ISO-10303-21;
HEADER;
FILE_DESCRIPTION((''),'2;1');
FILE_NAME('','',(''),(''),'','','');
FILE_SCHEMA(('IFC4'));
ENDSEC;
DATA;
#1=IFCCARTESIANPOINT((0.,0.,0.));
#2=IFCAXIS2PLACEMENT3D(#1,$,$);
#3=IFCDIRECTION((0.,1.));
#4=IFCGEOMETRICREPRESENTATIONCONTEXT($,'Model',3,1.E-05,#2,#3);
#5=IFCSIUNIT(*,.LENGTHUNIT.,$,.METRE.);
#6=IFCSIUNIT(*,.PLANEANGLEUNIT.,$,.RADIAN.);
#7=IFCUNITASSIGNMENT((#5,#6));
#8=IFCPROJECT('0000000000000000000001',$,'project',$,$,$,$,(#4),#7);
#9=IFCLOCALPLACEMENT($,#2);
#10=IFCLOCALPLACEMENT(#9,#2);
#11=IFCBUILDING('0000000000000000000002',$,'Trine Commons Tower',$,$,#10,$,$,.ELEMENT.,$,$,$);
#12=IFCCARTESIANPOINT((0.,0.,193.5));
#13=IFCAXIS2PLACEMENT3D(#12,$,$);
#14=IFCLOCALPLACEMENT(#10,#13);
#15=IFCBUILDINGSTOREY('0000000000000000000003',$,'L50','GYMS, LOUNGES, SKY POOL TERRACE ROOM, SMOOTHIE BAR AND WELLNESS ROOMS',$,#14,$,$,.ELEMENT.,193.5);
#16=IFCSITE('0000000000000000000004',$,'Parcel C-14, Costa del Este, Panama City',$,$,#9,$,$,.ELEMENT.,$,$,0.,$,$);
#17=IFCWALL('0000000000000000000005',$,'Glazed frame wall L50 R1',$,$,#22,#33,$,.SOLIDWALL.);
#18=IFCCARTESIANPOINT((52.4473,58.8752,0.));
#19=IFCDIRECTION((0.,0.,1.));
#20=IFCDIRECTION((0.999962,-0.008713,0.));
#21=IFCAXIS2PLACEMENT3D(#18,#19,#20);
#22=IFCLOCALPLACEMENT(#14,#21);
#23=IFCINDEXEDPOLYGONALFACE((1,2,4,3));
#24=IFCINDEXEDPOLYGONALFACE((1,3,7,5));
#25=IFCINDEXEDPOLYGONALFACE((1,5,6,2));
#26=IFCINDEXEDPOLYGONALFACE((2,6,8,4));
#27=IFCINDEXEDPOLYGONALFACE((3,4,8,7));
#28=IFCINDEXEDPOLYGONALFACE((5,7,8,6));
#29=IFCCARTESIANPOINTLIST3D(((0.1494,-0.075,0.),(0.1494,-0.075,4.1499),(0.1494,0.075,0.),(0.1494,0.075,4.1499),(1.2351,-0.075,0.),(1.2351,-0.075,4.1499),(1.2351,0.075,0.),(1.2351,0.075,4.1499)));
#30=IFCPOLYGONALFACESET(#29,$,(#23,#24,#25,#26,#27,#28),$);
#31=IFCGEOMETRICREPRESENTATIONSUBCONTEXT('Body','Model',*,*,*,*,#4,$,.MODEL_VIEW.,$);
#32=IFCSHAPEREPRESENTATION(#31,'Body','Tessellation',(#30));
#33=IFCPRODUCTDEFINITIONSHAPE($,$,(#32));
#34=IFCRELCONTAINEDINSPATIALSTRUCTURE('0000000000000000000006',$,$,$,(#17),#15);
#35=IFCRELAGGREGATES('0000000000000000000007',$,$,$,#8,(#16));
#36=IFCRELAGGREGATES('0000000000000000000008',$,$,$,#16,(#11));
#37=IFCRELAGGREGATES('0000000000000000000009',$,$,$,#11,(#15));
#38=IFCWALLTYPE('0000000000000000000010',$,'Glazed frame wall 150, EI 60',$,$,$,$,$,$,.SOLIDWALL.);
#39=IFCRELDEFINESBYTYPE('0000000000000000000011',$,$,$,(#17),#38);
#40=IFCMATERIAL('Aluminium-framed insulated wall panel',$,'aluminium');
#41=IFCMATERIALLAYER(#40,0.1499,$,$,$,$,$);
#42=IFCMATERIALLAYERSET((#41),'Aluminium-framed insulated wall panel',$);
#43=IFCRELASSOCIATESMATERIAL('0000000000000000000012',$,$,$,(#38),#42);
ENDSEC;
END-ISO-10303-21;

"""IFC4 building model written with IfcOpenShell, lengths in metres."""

from ifc_helpers import new_model, si_unit, direction, frame, origin, place, context, subcontext, project, spatial, polyline, outline, extrude, material, layer, layer_set, type_object, element, save


model = new_model("IFC4")

# Units and contexts
model_context = context("Model", 3, precision=1e-05, world=origin(), true_north=direction((0.0, 1.0)))
body_context = subcontext(model_context, "Body", "Model", "MODEL_VIEW")
ifc_project = project(units=[si_unit("LENGTHUNIT", "METRE"), si_unit("PLANEANGLEUNIT", "RADIAN")], contexts=[model_context])

# Site, building, storey
site_placement = place(None, origin())
site = spatial("IfcSite", under=ifc_project, at=site_placement, Name="Parcel C-14, Costa del Este, Panama City", CompositionType="ELEMENT", RefElevation=0.0)
building_placement = place(site_placement, origin())
building = spatial("IfcBuilding", under=site, at=building_placement, Name="Trine Commons Tower", CompositionType="ELEMENT")
storey_placement = place(building_placement, frame((0.0, 0.0, 193.5)))
storey = spatial("IfcBuildingStorey", under=building, at=storey_placement, Name="L50", Description="GYMS, LOUNGES, SKY POOL TERRACE ROOM, SMOOTHIE BAR AND WELLNESS ROOMS", CompositionType="ELEMENT", Elevation=193.5)

# Wall
ifc_material_1 = material(Name="Aluminium-framed insulated wall panel", Category="aluminium")
ifc_layer_1 = layer(ifc_material_1, 0.1499)
ifc_layer_set_1 = layer_set([ifc_layer_1], Name="Aluminium-framed insulated wall panel")
wall_type = type_object("IfcWallType", Name="Glazed frame wall 150, EI 60", PredefinedType="SOLIDWALL", material=ifc_layer_set_1)
wall_placement = place(storey_placement, frame((52.4473, 58.8752, 0.0), z_axis=(0.0, 0.0, 1.0), x_axis=(0.999962, -0.008713, 0.0)))
element("IfcWall", 1, at=wall_placement, inside=storey, type_object=wall_type, Name="Glazed frame wall L50 R1", PredefinedType="SOLIDWALL", context=body_context, shape_type="SweptSolid", body=[
    extrude(outline(polyline([(0.1494, 0.075), (0.1494, -0.075), (1.2351, -0.075), (1.2351, 0.075), (0.1494, 0.075)])), origin(), (0.0, 0.0, 1.0), 4.1499),
])

save(model, "model.ifc")
